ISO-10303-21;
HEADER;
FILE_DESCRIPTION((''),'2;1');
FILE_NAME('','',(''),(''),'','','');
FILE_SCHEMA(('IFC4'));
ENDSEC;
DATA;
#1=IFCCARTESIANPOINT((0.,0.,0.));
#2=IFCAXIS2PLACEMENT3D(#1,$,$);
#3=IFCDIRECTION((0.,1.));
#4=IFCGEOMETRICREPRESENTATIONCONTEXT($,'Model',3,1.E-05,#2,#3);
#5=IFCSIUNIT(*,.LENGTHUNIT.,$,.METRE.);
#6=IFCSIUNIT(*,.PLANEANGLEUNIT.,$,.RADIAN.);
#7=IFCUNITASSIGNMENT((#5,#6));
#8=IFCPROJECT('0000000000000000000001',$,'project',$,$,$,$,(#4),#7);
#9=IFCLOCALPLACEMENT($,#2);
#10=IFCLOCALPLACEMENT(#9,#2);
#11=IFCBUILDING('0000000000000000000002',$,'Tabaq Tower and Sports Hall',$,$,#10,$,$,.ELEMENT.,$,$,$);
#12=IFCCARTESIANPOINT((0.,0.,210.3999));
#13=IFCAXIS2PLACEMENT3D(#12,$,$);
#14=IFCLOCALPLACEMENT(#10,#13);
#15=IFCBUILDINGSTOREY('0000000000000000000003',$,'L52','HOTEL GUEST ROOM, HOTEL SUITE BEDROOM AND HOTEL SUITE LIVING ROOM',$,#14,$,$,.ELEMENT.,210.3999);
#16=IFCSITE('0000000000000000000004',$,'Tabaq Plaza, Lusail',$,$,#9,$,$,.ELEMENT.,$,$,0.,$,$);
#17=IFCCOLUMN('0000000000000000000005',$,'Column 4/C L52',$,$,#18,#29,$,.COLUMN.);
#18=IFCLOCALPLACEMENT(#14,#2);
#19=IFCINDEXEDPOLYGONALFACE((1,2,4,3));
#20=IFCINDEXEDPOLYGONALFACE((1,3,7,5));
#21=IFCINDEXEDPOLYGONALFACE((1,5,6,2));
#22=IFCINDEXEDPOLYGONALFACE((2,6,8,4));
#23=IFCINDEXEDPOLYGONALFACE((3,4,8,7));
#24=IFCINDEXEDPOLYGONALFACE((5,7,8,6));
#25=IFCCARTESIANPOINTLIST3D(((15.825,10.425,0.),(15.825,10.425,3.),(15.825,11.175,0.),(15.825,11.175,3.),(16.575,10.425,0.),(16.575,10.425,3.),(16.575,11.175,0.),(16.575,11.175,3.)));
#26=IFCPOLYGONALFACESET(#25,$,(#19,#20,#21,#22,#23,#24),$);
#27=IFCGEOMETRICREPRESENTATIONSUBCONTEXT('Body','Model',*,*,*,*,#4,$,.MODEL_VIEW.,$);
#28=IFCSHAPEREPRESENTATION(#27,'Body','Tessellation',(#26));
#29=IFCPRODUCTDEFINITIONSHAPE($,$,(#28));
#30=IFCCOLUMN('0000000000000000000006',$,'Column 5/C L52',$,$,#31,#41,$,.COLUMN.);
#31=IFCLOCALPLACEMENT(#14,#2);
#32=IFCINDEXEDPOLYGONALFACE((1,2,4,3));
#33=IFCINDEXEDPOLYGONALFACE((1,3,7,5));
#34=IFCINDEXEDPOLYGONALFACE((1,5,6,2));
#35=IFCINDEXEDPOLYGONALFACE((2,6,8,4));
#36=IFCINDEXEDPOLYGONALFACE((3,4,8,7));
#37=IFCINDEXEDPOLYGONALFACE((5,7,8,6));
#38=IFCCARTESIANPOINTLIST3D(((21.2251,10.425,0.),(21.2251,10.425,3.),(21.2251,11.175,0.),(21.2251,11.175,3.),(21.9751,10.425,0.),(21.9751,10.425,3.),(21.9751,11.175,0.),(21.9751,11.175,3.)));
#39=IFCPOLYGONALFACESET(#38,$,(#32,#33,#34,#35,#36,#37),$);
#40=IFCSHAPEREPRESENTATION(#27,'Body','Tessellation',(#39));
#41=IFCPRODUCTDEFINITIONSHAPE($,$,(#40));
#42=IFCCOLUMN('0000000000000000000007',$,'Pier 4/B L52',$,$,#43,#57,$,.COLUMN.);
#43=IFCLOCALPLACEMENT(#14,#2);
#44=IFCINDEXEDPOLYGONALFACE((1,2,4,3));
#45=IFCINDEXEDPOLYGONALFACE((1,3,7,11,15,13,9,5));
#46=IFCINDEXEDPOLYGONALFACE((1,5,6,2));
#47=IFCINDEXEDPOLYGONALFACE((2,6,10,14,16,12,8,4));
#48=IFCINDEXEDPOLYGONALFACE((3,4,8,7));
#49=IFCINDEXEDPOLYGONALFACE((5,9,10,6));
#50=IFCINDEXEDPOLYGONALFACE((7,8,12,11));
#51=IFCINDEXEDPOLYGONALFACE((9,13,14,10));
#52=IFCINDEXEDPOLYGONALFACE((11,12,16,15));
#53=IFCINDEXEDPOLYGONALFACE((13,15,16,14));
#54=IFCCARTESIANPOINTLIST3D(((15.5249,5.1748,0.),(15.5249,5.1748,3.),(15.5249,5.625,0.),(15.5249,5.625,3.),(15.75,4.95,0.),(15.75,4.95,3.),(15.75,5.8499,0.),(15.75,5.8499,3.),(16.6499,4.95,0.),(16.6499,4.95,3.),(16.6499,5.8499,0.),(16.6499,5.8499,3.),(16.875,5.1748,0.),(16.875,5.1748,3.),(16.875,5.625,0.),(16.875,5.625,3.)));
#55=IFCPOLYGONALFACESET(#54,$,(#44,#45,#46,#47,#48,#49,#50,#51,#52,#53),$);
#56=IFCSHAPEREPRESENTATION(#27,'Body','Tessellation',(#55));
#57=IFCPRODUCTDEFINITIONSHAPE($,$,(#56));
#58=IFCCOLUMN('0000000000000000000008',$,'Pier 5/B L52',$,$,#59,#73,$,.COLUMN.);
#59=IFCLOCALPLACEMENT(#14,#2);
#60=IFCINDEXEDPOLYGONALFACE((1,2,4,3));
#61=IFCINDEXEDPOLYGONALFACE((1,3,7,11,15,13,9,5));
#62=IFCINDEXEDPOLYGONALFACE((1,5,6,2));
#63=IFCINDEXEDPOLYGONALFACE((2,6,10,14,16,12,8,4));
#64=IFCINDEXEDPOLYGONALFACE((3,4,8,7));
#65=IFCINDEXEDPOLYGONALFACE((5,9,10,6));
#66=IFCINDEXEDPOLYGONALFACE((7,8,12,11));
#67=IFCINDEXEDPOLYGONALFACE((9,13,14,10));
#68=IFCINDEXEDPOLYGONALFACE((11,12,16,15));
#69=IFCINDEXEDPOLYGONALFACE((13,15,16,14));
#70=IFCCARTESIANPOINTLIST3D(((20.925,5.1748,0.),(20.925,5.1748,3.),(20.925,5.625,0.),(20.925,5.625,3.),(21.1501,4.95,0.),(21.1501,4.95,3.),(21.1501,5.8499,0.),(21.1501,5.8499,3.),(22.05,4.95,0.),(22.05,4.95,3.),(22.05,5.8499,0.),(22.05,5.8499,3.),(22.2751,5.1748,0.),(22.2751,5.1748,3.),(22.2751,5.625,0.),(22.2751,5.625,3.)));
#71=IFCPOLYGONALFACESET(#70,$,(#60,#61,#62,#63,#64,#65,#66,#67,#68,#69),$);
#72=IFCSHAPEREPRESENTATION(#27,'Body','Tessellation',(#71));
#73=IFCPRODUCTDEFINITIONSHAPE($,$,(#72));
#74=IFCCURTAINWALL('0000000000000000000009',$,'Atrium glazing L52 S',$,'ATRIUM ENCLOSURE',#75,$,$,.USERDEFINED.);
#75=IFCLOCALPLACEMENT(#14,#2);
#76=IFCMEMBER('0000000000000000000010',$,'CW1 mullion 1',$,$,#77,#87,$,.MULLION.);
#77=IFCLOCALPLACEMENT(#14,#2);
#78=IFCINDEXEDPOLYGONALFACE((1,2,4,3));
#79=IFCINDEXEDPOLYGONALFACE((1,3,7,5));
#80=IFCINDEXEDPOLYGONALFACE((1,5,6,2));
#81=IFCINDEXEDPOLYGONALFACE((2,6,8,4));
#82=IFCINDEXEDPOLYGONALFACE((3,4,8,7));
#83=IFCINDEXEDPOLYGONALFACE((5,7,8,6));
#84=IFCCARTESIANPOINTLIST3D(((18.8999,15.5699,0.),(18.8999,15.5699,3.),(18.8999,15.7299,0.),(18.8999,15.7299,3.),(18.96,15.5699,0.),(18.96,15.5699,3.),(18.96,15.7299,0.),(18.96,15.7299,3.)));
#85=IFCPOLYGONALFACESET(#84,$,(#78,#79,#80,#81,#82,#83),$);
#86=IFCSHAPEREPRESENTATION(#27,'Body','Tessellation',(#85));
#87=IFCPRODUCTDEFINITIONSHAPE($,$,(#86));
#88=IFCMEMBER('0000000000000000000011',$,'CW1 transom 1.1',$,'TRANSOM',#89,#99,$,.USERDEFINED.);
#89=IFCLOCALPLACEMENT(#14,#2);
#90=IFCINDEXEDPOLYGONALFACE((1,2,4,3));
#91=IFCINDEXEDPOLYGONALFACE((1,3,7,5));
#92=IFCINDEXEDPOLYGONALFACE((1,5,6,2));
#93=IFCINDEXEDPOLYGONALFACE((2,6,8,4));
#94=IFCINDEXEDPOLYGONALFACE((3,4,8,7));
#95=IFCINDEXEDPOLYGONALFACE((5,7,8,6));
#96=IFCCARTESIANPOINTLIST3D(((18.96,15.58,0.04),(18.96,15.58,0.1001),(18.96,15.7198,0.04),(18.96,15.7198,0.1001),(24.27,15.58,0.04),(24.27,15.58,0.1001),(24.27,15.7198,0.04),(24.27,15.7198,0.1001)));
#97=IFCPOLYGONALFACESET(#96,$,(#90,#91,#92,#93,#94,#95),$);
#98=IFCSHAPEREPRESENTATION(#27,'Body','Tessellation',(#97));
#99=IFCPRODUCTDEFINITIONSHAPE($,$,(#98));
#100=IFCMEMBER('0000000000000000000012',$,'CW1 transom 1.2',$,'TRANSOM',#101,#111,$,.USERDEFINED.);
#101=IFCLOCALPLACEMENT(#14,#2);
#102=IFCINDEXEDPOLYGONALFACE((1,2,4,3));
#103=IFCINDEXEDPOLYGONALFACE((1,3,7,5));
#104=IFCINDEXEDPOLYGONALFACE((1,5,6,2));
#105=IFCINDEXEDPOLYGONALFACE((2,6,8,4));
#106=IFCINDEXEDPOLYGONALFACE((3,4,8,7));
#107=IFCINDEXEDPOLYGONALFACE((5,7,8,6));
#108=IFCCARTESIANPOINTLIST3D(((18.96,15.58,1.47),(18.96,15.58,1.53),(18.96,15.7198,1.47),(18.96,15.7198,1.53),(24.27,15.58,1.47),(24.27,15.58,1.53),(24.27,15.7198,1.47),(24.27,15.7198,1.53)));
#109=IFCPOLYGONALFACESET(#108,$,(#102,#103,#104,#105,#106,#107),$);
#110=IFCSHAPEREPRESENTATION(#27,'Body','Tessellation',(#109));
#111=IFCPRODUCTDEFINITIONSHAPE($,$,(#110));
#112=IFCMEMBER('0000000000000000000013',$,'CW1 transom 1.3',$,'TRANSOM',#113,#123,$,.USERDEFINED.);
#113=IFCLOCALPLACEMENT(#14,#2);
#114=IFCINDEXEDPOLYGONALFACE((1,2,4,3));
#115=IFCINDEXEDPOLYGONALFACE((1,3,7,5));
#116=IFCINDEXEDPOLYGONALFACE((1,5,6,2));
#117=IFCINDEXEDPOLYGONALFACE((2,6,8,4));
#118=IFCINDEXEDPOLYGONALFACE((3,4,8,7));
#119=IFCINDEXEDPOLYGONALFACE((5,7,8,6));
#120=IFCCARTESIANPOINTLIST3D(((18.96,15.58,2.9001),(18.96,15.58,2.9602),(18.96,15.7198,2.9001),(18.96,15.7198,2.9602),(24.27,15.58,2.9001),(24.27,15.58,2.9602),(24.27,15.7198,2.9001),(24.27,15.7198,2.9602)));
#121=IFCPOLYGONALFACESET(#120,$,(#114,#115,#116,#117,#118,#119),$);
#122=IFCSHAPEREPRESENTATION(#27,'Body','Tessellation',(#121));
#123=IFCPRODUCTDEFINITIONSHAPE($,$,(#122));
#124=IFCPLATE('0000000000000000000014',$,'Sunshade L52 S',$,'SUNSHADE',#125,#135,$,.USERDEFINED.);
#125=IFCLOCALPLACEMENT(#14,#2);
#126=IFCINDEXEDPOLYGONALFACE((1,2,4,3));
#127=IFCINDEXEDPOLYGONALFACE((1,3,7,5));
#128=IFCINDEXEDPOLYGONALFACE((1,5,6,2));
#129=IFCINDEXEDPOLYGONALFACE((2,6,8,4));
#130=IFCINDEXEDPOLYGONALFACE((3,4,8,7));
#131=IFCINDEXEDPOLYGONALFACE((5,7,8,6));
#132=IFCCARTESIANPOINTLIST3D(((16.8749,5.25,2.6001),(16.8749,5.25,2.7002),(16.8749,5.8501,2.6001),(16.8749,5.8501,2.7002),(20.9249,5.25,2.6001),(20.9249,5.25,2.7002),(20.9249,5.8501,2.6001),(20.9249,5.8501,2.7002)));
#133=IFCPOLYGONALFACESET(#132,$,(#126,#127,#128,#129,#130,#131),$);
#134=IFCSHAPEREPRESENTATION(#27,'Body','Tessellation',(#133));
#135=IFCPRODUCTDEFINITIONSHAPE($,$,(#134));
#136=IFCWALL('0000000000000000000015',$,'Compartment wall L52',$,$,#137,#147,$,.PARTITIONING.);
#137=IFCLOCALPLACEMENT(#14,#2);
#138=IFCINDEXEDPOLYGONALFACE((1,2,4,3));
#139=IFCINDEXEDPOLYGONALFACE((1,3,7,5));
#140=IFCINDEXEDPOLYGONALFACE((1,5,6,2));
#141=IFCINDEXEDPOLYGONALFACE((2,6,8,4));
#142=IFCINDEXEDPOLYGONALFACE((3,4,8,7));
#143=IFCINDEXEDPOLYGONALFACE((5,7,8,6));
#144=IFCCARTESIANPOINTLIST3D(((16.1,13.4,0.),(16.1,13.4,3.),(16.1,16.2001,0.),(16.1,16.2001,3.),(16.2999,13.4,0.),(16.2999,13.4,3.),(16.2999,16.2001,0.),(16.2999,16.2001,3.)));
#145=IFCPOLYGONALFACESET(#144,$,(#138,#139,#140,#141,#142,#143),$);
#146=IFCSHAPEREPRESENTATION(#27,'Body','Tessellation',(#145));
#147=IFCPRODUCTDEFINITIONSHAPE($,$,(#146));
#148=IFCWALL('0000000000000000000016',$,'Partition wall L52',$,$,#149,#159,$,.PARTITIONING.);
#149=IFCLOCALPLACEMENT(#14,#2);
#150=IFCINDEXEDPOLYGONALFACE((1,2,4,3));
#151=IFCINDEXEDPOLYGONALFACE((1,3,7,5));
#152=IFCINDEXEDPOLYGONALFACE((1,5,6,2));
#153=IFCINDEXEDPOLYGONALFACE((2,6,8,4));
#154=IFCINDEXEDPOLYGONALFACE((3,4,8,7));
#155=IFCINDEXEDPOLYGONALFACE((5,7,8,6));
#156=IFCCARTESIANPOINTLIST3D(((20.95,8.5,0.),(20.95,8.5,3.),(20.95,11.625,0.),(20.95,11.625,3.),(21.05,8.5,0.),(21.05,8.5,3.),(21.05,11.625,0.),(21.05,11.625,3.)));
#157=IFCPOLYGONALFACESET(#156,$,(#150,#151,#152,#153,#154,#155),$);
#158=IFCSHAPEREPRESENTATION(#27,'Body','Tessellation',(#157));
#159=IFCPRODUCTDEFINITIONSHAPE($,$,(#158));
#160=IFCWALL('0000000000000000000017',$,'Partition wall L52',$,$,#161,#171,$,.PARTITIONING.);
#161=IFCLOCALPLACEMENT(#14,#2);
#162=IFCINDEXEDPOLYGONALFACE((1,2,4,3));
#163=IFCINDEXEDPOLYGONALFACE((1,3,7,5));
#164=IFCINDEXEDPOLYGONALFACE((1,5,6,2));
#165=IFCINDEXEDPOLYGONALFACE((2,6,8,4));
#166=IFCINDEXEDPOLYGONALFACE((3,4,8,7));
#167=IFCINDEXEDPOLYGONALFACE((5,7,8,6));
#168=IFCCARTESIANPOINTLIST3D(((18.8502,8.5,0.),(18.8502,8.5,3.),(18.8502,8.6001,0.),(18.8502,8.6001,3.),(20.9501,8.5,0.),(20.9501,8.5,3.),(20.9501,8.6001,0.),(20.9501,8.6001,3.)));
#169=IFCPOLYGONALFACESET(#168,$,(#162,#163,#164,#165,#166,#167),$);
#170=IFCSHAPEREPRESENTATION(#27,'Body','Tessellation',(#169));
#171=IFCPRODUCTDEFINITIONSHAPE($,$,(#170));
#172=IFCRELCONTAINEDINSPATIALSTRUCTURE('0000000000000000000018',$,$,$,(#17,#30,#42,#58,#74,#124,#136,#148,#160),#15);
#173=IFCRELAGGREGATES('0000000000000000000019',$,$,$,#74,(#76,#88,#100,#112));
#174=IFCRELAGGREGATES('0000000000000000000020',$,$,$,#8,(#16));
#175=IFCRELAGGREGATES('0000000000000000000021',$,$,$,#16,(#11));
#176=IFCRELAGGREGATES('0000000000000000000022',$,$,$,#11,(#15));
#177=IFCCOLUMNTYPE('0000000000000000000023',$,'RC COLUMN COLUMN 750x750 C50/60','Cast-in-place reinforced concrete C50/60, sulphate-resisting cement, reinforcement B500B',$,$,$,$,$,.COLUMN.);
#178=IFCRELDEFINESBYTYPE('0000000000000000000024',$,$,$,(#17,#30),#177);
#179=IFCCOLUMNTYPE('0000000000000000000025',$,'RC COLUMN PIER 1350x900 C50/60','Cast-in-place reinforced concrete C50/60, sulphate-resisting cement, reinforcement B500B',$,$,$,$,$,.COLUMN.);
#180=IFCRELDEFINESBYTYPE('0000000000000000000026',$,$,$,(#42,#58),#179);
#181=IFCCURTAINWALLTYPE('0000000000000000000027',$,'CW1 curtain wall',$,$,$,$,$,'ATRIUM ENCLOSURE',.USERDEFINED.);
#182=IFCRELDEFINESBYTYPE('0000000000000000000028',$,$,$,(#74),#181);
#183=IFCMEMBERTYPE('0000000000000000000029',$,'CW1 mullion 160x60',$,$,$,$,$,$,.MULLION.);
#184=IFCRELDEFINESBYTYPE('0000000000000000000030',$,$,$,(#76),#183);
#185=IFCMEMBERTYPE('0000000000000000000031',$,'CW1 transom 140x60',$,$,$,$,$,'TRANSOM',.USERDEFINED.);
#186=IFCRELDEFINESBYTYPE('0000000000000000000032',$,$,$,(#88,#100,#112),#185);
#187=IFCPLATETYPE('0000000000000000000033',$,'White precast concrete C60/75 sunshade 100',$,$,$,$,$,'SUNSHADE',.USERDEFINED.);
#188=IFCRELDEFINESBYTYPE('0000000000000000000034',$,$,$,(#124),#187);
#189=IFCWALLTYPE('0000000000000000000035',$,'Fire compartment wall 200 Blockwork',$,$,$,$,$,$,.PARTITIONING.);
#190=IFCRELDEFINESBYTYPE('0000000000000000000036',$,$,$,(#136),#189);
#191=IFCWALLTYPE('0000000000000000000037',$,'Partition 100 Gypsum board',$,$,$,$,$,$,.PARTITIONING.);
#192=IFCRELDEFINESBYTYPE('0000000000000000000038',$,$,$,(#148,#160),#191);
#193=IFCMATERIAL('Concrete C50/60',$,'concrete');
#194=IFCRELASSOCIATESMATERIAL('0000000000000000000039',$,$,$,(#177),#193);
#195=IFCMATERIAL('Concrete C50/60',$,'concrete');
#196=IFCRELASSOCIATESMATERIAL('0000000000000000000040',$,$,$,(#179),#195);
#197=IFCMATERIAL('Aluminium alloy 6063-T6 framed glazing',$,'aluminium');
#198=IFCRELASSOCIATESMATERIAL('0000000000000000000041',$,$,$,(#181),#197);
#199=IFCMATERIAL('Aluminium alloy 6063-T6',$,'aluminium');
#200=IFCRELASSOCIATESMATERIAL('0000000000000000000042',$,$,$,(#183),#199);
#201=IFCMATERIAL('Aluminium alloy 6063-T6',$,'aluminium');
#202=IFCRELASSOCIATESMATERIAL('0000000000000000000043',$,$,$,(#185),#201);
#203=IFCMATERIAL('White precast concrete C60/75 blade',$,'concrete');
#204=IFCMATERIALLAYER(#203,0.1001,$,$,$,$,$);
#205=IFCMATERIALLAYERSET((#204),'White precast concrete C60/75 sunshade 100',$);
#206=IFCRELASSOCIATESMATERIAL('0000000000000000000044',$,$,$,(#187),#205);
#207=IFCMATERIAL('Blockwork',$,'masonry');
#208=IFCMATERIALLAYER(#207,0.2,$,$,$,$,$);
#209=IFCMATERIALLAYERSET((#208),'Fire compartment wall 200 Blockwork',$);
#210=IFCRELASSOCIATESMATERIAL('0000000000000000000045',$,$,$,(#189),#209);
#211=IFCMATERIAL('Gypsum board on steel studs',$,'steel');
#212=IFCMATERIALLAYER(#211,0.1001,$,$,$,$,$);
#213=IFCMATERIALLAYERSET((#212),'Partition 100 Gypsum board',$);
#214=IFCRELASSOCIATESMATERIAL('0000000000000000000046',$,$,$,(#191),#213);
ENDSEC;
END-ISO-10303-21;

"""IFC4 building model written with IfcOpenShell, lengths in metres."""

from ifc_helpers import new_model, si_unit, direction, frame, frame_2d, origin, origin_2d, place, context, subcontext, project, spatial, polyline, rectangle, outline, extrude, material, layer, layer_set, material_profile, profile_set, type_object, element, aggregate, save


model = new_model("IFC4")

# Units and contexts
model_context = context("Model", 3, precision=1e-05, world=origin(), true_north=direction((0.0, 1.0)))
body_context = subcontext(model_context, "Body", "Model", "MODEL_VIEW")
ifc_project = project(units=[si_unit("LENGTHUNIT", "METRE"), si_unit("PLANEANGLEUNIT", "RADIAN")], contexts=[model_context])

# Site, building, storey
site_placement = place(None, origin())
site = spatial("IfcSite", under=ifc_project, at=site_placement, Name="Tabaq Plaza, Lusail", CompositionType="ELEMENT", RefElevation=0.0)
building_placement = place(site_placement, origin())
building = spatial("IfcBuilding", under=site, at=building_placement, Name="Tabaq Tower and Sports Hall", CompositionType="ELEMENT")
storey_placement = place(building_placement, frame((0.0, 0.0, 210.3999)))
storey = spatial("IfcBuildingStorey", under=building, at=storey_placement, Name="L52", Description="HOTEL GUEST ROOM, HOTEL SUITE BEDROOM AND HOTEL SUITE LIVING ROOM", CompositionType="ELEMENT", Elevation=210.3999)

# Columns
ifc_material_1 = material(Name="Concrete C50/60", Category="concrete")
ifc_material_profile_1 = material_profile(ifc_material_1, rectangle(XDim=0.75, YDim=0.75, at=origin_2d()), Name="COLUMN 750x750")
ifc_profile_set_1 = profile_set([ifc_material_profile_1], Name="Concrete C50/60")
column_type_1 = type_object("IfcColumnType", Name="RC COLUMN COLUMN 750x750 C50/60", Description="Cast-in-place reinforced concrete C50/60, sulphate-resisting cement, reinforcement B500B", PredefinedType="COLUMN", material=ifc_profile_set_1)
for number, where, z_axis, x_axis, name in (
    (1, (16.2, 10.8, 0.0), (0.0, 0.0, 1.0), (1.0, 0.0, 0.0), "Column 4/C L52"),
    (2, (21.6001, 10.8, 0.0), (0.0, 0.0, 1.0), (1.0, 0.0, 0.0), "Column 5/C L52"),
):
    element("IfcColumn", number, at=place(storey_placement, frame(where, z_axis=z_axis, x_axis=x_axis)), inside=storey, type_object=column_type_1, Name=name, PredefinedType="COLUMN", context=body_context, shape_type="SweptSolid", body=[
        extrude(rectangle(XDim=0.75, YDim=0.75, at=origin_2d()), origin(), (0.0, 0.0, 1.0), 3.0),
    ])
ifc_material_2 = material(Name="Concrete C50/60", Category="concrete")
ifc_material_profile_2 = material_profile(ifc_material_2, outline(polyline([(-0.45, -0.45), (0.45, -0.45), (0.675, -0.2251), (0.675, 0.2251), (0.45, 0.45), (-0.45, 0.45), (-0.675, 0.2251), (-0.675, -0.2251), (-0.45, -0.45)])), Name="PIER 1350x900")
ifc_profile_set_2 = profile_set([ifc_material_profile_2], Name="Concrete C50/60")
column_type_2 = type_object("IfcColumnType", Name="RC COLUMN PIER 1350x900 C50/60", Description="Cast-in-place reinforced concrete C50/60, sulphate-resisting cement, reinforcement B500B", PredefinedType="COLUMN", material=ifc_profile_set_2)
for number, where, z_axis, x_axis, name in (
    (3, (16.2, 5.3999, 0.0), (0.0, 0.0, 1.0), (1.0, 0.0, 0.0), "Pier 4/B L52"),
    (4, (21.6001, 5.3999, 0.0), (0.0, 0.0, 1.0), (1.0, 0.0, 0.0), "Pier 5/B L52"),
):
    element("IfcColumn", number, at=place(storey_placement, frame(where, z_axis=z_axis, x_axis=x_axis)), inside=storey, type_object=column_type_2, Name=name, PredefinedType="COLUMN", context=body_context, shape_type="SweptSolid", body=[
        extrude(outline(polyline([(-0.45, -0.45), (0.45, -0.45), (0.675, -0.2251), (0.675, 0.2251), (0.45, 0.45), (-0.45, 0.45), (-0.675, 0.2251), (-0.675, -0.2251), (-0.45, -0.45)])), origin(), (0.0, 0.0, 1.0), 3.0),
    ])

# Curtain wall, members
ifc_material_3 = material(Name="Aluminium alloy 6063-T6 framed glazing", Category="aluminium")
curtain_wall_type = type_object("IfcCurtainWallType", Name="CW1 curtain wall", ElementType="ATRIUM ENCLOSURE", PredefinedType="USERDEFINED", material=ifc_material_3)
curtain_wall_placement = place(storey_placement, origin())
curtain_wall = element("IfcCurtainWall", 5, at=curtain_wall_placement, inside=storey, type_object=curtain_wall_type, Name="Atrium glazing L52 S", ObjectType="ATRIUM ENCLOSURE", PredefinedType="USERDEFINED")
ifc_material_4 = material(Name="Aluminium alloy 6063-T6", Category="aluminium")
ifc_material_profile_3 = material_profile(ifc_material_4, rectangle(XDim=0.1599, YDim=0.0601, at=origin_2d()), Name="MULLION 160x60")
ifc_profile_set_3 = profile_set([ifc_material_profile_3], Name="Aluminium alloy 6063-T6")
member_type_1 = type_object("IfcMemberType", Name="CW1 mullion 160x60", PredefinedType="MULLION", material=ifc_profile_set_3)
member_1_placement = place(storey_placement, frame((18.9299, 15.6499, 0.0), z_axis=(0.0, 0.0, 1.0), x_axis=(0.0, 1.0, 0.0)))
member_1 = element("IfcMember", 6, at=member_1_placement, type_object=member_type_1, Name="CW1 mullion 1", PredefinedType="MULLION", context=body_context, shape_type="SweptSolid", body=[
    extrude(rectangle(XDim=0.1599, YDim=0.0601, at=origin_2d()), origin(), (0.0, 0.0, 1.0), 3.0),
])
ifc_material_5 = material(Name="Aluminium alloy 6063-T6", Category="aluminium")
ifc_material_profile_4 = material_profile(ifc_material_5, rectangle(XDim=0.1399, YDim=0.0601, at=origin_2d()), Name="TRANSOM 140x60")
ifc_profile_set_4 = profile_set([ifc_material_profile_4], Name="Aluminium alloy 6063-T6")
member_type_2 = type_object("IfcMemberType", Name="CW1 transom 140x60", ElementType="TRANSOM", PredefinedType="USERDEFINED", material=ifc_profile_set_4)
member_2_placement = place(storey_placement, frame((18.96, 15.6499, 0.0701), z_axis=(1.0, 0.0, 0.0), x_axis=(0.0, 1.0, 0.0)))
member_2 = element("IfcMember", 7, at=member_2_placement, type_object=member_type_2, Name="CW1 transom 1.1", ObjectType="TRANSOM", PredefinedType="USERDEFINED", context=body_context, shape_type="SweptSolid", body=[
    extrude(rectangle(XDim=0.1399, YDim=0.0601, at=origin_2d()), origin(), (0.0, 0.0, 1.0), 5.3101),
])
member_3_placement = place(storey_placement, frame((18.96, 15.6499, 1.5), z_axis=(1.0, 0.0, 0.0), x_axis=(0.0, 1.0, 0.0)))
member_3 = element("IfcMember", 8, at=member_3_placement, type_object=member_type_2, Name="CW1 transom 1.2", ObjectType="TRANSOM", PredefinedType="USERDEFINED", context=body_context, shape_type="SweptSolid", body=[
    extrude(rectangle(XDim=0.1399, YDim=0.0601, at=origin_2d()), origin(), (0.0, 0.0, 1.0), 5.3101),
])
member_4_placement = place(storey_placement, frame((18.96, 15.6499, 2.9302), z_axis=(1.0, 0.0, 0.0), x_axis=(0.0, 1.0, 0.0)))
member_4 = element("IfcMember", 9, at=member_4_placement, type_object=member_type_2, Name="CW1 transom 1.3", ObjectType="TRANSOM", PredefinedType="USERDEFINED", context=body_context, shape_type="SweptSolid", body=[
    extrude(rectangle(XDim=0.1399, YDim=0.0601, at=origin_2d()), origin(), (0.0, 0.0, 1.0), 5.3101),
])
aggregate(curtain_wall, [member_1, member_2, member_3, member_4])

# Plate
ifc_material_6 = material(Name="White precast concrete C60/75 blade", Category="concrete")
ifc_layer_1 = layer(ifc_material_6, 0.1001)
ifc_layer_set_1 = layer_set([ifc_layer_1], Name="White precast concrete C60/75 sunshade 100")
plate_type = type_object("IfcPlateType", Name="White precast concrete C60/75 sunshade 100", ElementType="SUNSHADE", PredefinedType="USERDEFINED", material=ifc_layer_set_1)
plate_placement = place(storey_placement, frame((18.8999, 5.55, 2.6001), z_axis=(0.0, 0.0, 1.0), x_axis=(1.0, 0.0, 0.0)))
element("IfcPlate", 10, at=plate_placement, inside=storey, type_object=plate_type, Name="Sunshade L52 S", ObjectType="SUNSHADE", PredefinedType="USERDEFINED", context=body_context, shape_type="SweptSolid", body=[
    extrude(rectangle(XDim=4.05, YDim=0.6001, at=origin_2d()), origin(), (0.0, 0.0, 1.0), 0.1001),
])

# Walls
ifc_material_7 = material(Name="Blockwork", Category="masonry")
ifc_layer_2 = layer(ifc_material_7, 0.2)
ifc_layer_set_2 = layer_set([ifc_layer_2], Name="Fire compartment wall 200 Blockwork")
wall_type_1 = type_object("IfcWallType", Name="Fire compartment wall 200 Blockwork", PredefinedType="PARTITIONING", material=ifc_layer_set_2)
wall_1_placement = place(storey_placement, frame((16.2, 16.2, 0.0), z_axis=(0.0, 0.0, 1.0), x_axis=(0.0, -1.0, 0.0)))
element("IfcWall", 11, at=wall_1_placement, inside=storey, type_object=wall_type_1, Name="Compartment wall L52", PredefinedType="PARTITIONING", context=body_context, shape_type="SweptSolid", body=[
    extrude(rectangle(XDim=2.8, YDim=0.2, at=frame_2d((1.3999, 0.0))), origin(), (0.0, 0.0, 1.0), 3.0),
])
ifc_material_8 = material(Name="Gypsum board on steel studs", Category="steel")
ifc_layer_3 = layer(ifc_material_8, 0.1001)
ifc_layer_set_3 = layer_set([ifc_layer_3], Name="Partition 100 Gypsum board")
wall_type_2 = type_object("IfcWallType", Name="Partition 100 Gypsum board", PredefinedType="PARTITIONING", material=ifc_layer_set_3)
wall_2_placement = place(storey_placement, frame((21.0, 11.625, 0.0), z_axis=(0.0, 0.0, 1.0), x_axis=(0.0, -1.0, 0.0)))
element("IfcWall", 12, at=wall_2_placement, inside=storey, type_object=wall_type_2, Name="Partition wall L52", PredefinedType="PARTITIONING", context=body_context, shape_type="SweptSolid", body=[
    extrude(rectangle(XDim=3.125, YDim=0.1001, at=frame_2d((1.5625, 0.0))), origin(), (0.0, 0.0, 1.0), 3.0),
])
wall_3_placement = place(storey_placement, frame((20.95, 8.55, 0.0), z_axis=(0.0, 0.0, 1.0), x_axis=(-1.0, 0.0, 0.0)))
element("IfcWall", 13, at=wall_3_placement, inside=storey, type_object=wall_type_2, Name="Partition wall L52", PredefinedType="PARTITIONING", context=body_context, shape_type="SweptSolid", body=[
    extrude(rectangle(XDim=2.0999, YDim=0.1001, at=frame_2d((1.0498, 0.0))), origin(), (0.0, 0.0, 1.0), 3.0),
])

save(model, "model.ifc")
